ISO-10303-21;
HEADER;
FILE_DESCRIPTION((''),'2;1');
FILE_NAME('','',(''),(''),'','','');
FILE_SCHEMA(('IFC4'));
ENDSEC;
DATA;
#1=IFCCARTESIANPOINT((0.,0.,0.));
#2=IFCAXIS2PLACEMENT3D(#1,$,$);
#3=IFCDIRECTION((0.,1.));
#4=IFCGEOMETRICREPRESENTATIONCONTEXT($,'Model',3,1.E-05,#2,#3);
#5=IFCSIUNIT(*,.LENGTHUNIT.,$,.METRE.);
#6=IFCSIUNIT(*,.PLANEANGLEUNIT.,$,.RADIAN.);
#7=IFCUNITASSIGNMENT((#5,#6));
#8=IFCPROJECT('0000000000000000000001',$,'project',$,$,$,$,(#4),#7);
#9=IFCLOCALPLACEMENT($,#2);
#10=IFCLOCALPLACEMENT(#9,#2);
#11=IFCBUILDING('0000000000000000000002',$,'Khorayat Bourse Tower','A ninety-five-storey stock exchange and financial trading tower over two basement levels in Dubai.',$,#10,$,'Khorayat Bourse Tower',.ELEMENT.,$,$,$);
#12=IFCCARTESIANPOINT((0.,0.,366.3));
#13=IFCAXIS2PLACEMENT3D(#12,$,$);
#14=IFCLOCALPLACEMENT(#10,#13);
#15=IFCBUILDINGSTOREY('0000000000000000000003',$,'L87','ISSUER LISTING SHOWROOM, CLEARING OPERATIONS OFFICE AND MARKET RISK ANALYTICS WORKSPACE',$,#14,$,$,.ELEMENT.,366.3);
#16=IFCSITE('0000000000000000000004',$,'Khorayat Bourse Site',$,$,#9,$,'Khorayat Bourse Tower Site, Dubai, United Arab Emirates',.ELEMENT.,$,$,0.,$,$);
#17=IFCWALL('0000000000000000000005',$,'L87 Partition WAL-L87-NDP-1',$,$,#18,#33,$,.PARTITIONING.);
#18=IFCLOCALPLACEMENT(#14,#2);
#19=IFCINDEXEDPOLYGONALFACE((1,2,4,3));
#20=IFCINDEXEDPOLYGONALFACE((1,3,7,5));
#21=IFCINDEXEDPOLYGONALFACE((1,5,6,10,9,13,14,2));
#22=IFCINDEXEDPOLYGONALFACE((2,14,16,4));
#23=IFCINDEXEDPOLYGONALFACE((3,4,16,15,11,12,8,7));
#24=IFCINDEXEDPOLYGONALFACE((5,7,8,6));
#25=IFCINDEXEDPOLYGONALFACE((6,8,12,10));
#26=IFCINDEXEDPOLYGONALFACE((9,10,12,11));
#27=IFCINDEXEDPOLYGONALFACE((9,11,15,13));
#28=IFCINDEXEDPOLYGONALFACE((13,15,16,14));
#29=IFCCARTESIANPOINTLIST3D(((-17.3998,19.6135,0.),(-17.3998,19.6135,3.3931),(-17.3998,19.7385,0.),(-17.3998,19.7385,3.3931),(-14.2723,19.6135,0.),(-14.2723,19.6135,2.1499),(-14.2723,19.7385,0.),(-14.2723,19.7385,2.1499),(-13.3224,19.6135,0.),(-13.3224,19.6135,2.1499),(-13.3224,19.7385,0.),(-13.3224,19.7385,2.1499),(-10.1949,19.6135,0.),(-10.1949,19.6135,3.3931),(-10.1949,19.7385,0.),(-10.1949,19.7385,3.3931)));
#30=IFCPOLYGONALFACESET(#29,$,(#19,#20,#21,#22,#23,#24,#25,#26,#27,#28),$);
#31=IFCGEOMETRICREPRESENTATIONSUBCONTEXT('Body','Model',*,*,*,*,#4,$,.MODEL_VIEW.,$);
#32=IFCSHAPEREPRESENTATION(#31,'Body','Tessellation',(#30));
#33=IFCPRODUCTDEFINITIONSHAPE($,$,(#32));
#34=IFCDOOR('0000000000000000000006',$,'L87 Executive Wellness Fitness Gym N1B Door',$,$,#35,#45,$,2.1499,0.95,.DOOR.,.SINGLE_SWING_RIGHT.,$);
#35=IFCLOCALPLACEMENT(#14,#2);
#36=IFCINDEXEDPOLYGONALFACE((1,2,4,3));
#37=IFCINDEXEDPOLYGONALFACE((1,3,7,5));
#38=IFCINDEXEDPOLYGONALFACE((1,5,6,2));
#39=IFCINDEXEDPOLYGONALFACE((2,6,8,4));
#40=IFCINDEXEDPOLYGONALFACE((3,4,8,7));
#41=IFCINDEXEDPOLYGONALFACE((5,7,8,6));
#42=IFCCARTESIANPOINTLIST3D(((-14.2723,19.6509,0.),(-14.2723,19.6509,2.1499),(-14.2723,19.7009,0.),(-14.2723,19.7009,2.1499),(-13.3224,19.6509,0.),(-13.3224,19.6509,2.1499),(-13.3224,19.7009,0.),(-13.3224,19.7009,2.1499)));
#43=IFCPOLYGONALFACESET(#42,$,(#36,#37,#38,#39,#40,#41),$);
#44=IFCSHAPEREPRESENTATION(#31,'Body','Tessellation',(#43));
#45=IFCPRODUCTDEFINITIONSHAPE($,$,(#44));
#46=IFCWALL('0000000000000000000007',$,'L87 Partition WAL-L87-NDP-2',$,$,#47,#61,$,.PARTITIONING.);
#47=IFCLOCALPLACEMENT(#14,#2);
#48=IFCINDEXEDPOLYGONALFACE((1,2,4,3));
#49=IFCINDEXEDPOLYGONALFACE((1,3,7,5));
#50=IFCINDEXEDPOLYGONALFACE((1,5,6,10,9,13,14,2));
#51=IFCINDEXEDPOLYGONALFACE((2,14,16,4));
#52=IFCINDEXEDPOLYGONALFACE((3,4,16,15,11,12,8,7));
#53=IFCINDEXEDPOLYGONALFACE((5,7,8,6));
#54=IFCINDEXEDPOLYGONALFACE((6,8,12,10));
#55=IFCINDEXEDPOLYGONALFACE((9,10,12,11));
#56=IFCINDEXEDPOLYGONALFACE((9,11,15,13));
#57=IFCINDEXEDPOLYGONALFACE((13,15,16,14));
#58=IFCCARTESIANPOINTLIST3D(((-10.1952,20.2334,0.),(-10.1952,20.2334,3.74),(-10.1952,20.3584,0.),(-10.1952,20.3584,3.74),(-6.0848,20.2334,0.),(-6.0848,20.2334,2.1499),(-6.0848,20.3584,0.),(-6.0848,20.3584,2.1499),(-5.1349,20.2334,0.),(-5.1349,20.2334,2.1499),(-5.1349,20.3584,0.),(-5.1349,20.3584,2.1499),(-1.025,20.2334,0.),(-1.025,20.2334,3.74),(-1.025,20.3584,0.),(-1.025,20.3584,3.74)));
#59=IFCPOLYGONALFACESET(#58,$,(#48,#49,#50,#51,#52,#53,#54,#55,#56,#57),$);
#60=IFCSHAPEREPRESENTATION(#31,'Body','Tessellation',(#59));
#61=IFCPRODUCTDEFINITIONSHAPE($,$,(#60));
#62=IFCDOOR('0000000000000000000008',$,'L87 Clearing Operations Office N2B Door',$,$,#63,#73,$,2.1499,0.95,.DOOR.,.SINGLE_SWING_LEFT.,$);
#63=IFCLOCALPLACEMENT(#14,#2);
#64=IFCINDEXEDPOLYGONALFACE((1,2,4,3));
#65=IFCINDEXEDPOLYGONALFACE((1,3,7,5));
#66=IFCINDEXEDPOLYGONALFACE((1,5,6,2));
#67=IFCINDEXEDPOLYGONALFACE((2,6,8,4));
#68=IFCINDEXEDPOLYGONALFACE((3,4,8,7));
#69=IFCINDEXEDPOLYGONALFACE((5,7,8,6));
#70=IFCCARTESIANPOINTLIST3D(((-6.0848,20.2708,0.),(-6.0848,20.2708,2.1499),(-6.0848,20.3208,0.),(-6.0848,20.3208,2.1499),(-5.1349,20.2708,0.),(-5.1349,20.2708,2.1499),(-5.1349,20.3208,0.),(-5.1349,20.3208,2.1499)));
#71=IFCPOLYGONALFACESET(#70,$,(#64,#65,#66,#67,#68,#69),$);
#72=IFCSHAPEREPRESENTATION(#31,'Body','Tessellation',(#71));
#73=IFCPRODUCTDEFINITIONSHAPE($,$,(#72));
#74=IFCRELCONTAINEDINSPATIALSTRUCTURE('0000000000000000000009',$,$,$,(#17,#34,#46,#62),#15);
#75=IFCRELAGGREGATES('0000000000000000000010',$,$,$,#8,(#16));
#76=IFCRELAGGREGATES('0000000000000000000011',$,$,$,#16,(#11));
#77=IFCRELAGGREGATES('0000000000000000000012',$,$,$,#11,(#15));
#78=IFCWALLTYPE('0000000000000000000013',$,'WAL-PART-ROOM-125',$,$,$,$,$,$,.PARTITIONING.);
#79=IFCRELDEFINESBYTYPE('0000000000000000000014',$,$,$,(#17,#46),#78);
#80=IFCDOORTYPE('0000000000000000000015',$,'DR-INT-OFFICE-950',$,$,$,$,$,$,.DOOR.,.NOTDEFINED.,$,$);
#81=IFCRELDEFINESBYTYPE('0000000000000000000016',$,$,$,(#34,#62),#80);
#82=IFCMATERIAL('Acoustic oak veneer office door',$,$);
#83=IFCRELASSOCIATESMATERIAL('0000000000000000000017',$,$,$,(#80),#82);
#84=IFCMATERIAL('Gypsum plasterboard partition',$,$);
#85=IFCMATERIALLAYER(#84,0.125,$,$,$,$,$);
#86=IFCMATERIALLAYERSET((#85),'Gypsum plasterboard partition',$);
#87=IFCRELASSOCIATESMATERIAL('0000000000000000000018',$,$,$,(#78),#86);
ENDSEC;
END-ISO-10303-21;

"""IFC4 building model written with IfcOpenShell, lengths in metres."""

from ifc_helpers import new_model, si_unit, direction, frame, frame_2d, origin, place, context, subcontext, project, spatial, rectangle, extrude, source, transform, mapped, material, layer, layer_set, type_object, element, fill, save


model = new_model("IFC4")

# Units and contexts
model_context = context("Model", 3, precision=1e-05, world=origin(), true_north=direction((0.0, 1.0)))
body_context = subcontext(model_context, "Body", "Model", "MODEL_VIEW")
ifc_project = project(units=[si_unit("LENGTHUNIT", "METRE"), si_unit("PLANEANGLEUNIT", "RADIAN")], contexts=[model_context])

# Site, building, storey
site_placement = place(None, origin())
site = spatial("IfcSite", under=ifc_project, at=site_placement, Name="Khorayat Bourse Site", LongName="Khorayat Bourse Tower Site, Dubai, United Arab Emirates", CompositionType="ELEMENT", RefElevation=0.0)
building_placement = place(site_placement, origin())
building = spatial("IfcBuilding", under=site, at=building_placement, Name="Khorayat Bourse Tower", Description="A ninety-five-storey stock exchange and financial trading tower over two basement levels in Dubai.", LongName="Khorayat Bourse Tower", CompositionType="ELEMENT")
storey_placement = place(building_placement, frame((0.0, 0.0, 366.3)))
storey = spatial("IfcBuildingStorey", under=building, at=storey_placement, Name="L87", Description="ISSUER LISTING SHOWROOM, CLEARING OPERATIONS OFFICE AND MARKET RISK ANALYTICS WORKSPACE", CompositionType="ELEMENT", Elevation=366.3)

# Walls, openings, doors
ifc_material_1 = material(Name="Acoustic oak veneer office door")
door_type = type_object("IfcDoorType", Name="DR-INT-OFFICE-950", OperationType="NOTDEFINED", PredefinedType="DOOR", material=ifc_material_1)
shared_shape_1 = source(origin(), body_context, "Body", "SweptSolid", [
    extrude(rectangle(XDim=0.95, YDim=2.1499, at=frame_2d((0.4751, 1.075))), frame((0.0, 0.0249, 0.0), z_axis=(0.0, -1.0, 0.0), x_axis=(1.0, 0.0, 0.0)), (0.0, 0.0, 1.0), 0.05),
])
ifc_material_2 = material(Name="Gypsum plasterboard partition")
ifc_layer_1 = layer(ifc_material_2, 0.125)
ifc_layer_set_1 = layer_set([ifc_layer_1], Name="Gypsum plasterboard partition")
wall_type_1 = type_object("IfcWallType", Name="WAL-PART-ROOM-125", PredefinedType="PARTITIONING", material=ifc_layer_set_1)
shared_shape_2 = source(origin(), body_context, "Body", "SweptSolid", [
    extrude(rectangle(XDim=7.2048, YDim=0.125, at=frame_2d((3.6025, 0.0))), origin(), (0.0, 0.0, 1.0), 3.3931),
])
wall_1_placement = place(storey_placement, frame((-17.3999, 19.676, 0.0), z_axis=(0.0, 0.0, 1.0), x_axis=(1.0, 0.0, 0.0)))
wall_1 = element("IfcWall", 1, at=wall_1_placement, inside=storey, type_object=wall_type_1, Name="L87 Partition WAL-L87-NDP-1", PredefinedType="PARTITIONING", context=body_context, shape_type="MappedRepresentation", body=[
    mapped(shared_shape_2, transform((0.0, 0.0, 0.0), scale=1.0)),
])
shared_shape_3 = source(origin(), body_context, "Body", "SweptSolid", [
    extrude(rectangle(XDim=0.95, YDim=2.1499, at=frame_2d((0.4751, 1.075))), frame((0.0, 0.0725, 0.0), z_axis=(0.0, -1.0, 0.0), x_axis=(1.0, 0.0, 0.0)), (0.0, 0.0, 1.0), 0.145),
])
opening_1_placement = place(wall_1_placement, frame((3.1274, 0.0, 0.0)))
opening_1 = element("IfcOpeningElement", 2, at=opening_1_placement, cuts=wall_1, PredefinedType="OPENING", context=body_context, shape_type="MappedRepresentation", body=[
    mapped(shared_shape_3, transform((0.0, 0.0, 0.0), scale=1.0)),
])
door_1_placement = place(opening_1_placement, origin())
door_1 = element("IfcDoor", 3, at=door_1_placement, inside=storey, type_object=door_type, Name="L87 Executive Wellness Fitness Gym N1B Door", OperationType="SINGLE_SWING_RIGHT", OverallHeight=2.1499, OverallWidth=0.95, PredefinedType="DOOR", context=body_context, shape_type="MappedRepresentation", body=[
    mapped(shared_shape_1, transform((0.0, 0.0, 0.0), scale=1.0)),
])
fill(opening_1, door_1)
shared_shape_4 = source(origin(), body_context, "Body", "SweptSolid", [
    extrude(rectangle(XDim=9.1702, YDim=0.125, at=frame_2d((4.585, 0.0))), origin(), (0.0, 0.0, 1.0), 3.74),
])
wall_2_placement = place(storey_placement, frame((-10.1951, 20.2959, 0.0), z_axis=(0.0, 0.0, 1.0), x_axis=(1.0, 0.0, 0.0)))
wall_2 = element("IfcWall", 4, at=wall_2_placement, inside=storey, type_object=wall_type_1, Name="L87 Partition WAL-L87-NDP-2", PredefinedType="PARTITIONING", context=body_context, shape_type="MappedRepresentation", body=[
    mapped(shared_shape_4, transform((0.0, 0.0, 0.0), scale=1.0)),
])
opening_2_placement = place(wall_2_placement, frame((4.1101, 0.0, 0.0)))
opening_2 = element("IfcOpeningElement", 5, at=opening_2_placement, cuts=wall_2, PredefinedType="OPENING", context=body_context, shape_type="MappedRepresentation", body=[
    mapped(shared_shape_3, transform((0.0, 0.0, 0.0), scale=1.0)),
])
door_2_placement = place(opening_2_placement, origin())
door_2 = element("IfcDoor", 6, at=door_2_placement, inside=storey, type_object=door_type, Name="L87 Clearing Operations Office N2B Door", OperationType="SINGLE_SWING_LEFT", OverallHeight=2.1499, OverallWidth=0.95, PredefinedType="DOOR", context=body_context, shape_type="MappedRepresentation", body=[
    mapped(shared_shape_1, transform((0.0, 0.0, 0.0), scale=1.0)),
])
fill(opening_2, door_2)

save(model, "model.ifc")
